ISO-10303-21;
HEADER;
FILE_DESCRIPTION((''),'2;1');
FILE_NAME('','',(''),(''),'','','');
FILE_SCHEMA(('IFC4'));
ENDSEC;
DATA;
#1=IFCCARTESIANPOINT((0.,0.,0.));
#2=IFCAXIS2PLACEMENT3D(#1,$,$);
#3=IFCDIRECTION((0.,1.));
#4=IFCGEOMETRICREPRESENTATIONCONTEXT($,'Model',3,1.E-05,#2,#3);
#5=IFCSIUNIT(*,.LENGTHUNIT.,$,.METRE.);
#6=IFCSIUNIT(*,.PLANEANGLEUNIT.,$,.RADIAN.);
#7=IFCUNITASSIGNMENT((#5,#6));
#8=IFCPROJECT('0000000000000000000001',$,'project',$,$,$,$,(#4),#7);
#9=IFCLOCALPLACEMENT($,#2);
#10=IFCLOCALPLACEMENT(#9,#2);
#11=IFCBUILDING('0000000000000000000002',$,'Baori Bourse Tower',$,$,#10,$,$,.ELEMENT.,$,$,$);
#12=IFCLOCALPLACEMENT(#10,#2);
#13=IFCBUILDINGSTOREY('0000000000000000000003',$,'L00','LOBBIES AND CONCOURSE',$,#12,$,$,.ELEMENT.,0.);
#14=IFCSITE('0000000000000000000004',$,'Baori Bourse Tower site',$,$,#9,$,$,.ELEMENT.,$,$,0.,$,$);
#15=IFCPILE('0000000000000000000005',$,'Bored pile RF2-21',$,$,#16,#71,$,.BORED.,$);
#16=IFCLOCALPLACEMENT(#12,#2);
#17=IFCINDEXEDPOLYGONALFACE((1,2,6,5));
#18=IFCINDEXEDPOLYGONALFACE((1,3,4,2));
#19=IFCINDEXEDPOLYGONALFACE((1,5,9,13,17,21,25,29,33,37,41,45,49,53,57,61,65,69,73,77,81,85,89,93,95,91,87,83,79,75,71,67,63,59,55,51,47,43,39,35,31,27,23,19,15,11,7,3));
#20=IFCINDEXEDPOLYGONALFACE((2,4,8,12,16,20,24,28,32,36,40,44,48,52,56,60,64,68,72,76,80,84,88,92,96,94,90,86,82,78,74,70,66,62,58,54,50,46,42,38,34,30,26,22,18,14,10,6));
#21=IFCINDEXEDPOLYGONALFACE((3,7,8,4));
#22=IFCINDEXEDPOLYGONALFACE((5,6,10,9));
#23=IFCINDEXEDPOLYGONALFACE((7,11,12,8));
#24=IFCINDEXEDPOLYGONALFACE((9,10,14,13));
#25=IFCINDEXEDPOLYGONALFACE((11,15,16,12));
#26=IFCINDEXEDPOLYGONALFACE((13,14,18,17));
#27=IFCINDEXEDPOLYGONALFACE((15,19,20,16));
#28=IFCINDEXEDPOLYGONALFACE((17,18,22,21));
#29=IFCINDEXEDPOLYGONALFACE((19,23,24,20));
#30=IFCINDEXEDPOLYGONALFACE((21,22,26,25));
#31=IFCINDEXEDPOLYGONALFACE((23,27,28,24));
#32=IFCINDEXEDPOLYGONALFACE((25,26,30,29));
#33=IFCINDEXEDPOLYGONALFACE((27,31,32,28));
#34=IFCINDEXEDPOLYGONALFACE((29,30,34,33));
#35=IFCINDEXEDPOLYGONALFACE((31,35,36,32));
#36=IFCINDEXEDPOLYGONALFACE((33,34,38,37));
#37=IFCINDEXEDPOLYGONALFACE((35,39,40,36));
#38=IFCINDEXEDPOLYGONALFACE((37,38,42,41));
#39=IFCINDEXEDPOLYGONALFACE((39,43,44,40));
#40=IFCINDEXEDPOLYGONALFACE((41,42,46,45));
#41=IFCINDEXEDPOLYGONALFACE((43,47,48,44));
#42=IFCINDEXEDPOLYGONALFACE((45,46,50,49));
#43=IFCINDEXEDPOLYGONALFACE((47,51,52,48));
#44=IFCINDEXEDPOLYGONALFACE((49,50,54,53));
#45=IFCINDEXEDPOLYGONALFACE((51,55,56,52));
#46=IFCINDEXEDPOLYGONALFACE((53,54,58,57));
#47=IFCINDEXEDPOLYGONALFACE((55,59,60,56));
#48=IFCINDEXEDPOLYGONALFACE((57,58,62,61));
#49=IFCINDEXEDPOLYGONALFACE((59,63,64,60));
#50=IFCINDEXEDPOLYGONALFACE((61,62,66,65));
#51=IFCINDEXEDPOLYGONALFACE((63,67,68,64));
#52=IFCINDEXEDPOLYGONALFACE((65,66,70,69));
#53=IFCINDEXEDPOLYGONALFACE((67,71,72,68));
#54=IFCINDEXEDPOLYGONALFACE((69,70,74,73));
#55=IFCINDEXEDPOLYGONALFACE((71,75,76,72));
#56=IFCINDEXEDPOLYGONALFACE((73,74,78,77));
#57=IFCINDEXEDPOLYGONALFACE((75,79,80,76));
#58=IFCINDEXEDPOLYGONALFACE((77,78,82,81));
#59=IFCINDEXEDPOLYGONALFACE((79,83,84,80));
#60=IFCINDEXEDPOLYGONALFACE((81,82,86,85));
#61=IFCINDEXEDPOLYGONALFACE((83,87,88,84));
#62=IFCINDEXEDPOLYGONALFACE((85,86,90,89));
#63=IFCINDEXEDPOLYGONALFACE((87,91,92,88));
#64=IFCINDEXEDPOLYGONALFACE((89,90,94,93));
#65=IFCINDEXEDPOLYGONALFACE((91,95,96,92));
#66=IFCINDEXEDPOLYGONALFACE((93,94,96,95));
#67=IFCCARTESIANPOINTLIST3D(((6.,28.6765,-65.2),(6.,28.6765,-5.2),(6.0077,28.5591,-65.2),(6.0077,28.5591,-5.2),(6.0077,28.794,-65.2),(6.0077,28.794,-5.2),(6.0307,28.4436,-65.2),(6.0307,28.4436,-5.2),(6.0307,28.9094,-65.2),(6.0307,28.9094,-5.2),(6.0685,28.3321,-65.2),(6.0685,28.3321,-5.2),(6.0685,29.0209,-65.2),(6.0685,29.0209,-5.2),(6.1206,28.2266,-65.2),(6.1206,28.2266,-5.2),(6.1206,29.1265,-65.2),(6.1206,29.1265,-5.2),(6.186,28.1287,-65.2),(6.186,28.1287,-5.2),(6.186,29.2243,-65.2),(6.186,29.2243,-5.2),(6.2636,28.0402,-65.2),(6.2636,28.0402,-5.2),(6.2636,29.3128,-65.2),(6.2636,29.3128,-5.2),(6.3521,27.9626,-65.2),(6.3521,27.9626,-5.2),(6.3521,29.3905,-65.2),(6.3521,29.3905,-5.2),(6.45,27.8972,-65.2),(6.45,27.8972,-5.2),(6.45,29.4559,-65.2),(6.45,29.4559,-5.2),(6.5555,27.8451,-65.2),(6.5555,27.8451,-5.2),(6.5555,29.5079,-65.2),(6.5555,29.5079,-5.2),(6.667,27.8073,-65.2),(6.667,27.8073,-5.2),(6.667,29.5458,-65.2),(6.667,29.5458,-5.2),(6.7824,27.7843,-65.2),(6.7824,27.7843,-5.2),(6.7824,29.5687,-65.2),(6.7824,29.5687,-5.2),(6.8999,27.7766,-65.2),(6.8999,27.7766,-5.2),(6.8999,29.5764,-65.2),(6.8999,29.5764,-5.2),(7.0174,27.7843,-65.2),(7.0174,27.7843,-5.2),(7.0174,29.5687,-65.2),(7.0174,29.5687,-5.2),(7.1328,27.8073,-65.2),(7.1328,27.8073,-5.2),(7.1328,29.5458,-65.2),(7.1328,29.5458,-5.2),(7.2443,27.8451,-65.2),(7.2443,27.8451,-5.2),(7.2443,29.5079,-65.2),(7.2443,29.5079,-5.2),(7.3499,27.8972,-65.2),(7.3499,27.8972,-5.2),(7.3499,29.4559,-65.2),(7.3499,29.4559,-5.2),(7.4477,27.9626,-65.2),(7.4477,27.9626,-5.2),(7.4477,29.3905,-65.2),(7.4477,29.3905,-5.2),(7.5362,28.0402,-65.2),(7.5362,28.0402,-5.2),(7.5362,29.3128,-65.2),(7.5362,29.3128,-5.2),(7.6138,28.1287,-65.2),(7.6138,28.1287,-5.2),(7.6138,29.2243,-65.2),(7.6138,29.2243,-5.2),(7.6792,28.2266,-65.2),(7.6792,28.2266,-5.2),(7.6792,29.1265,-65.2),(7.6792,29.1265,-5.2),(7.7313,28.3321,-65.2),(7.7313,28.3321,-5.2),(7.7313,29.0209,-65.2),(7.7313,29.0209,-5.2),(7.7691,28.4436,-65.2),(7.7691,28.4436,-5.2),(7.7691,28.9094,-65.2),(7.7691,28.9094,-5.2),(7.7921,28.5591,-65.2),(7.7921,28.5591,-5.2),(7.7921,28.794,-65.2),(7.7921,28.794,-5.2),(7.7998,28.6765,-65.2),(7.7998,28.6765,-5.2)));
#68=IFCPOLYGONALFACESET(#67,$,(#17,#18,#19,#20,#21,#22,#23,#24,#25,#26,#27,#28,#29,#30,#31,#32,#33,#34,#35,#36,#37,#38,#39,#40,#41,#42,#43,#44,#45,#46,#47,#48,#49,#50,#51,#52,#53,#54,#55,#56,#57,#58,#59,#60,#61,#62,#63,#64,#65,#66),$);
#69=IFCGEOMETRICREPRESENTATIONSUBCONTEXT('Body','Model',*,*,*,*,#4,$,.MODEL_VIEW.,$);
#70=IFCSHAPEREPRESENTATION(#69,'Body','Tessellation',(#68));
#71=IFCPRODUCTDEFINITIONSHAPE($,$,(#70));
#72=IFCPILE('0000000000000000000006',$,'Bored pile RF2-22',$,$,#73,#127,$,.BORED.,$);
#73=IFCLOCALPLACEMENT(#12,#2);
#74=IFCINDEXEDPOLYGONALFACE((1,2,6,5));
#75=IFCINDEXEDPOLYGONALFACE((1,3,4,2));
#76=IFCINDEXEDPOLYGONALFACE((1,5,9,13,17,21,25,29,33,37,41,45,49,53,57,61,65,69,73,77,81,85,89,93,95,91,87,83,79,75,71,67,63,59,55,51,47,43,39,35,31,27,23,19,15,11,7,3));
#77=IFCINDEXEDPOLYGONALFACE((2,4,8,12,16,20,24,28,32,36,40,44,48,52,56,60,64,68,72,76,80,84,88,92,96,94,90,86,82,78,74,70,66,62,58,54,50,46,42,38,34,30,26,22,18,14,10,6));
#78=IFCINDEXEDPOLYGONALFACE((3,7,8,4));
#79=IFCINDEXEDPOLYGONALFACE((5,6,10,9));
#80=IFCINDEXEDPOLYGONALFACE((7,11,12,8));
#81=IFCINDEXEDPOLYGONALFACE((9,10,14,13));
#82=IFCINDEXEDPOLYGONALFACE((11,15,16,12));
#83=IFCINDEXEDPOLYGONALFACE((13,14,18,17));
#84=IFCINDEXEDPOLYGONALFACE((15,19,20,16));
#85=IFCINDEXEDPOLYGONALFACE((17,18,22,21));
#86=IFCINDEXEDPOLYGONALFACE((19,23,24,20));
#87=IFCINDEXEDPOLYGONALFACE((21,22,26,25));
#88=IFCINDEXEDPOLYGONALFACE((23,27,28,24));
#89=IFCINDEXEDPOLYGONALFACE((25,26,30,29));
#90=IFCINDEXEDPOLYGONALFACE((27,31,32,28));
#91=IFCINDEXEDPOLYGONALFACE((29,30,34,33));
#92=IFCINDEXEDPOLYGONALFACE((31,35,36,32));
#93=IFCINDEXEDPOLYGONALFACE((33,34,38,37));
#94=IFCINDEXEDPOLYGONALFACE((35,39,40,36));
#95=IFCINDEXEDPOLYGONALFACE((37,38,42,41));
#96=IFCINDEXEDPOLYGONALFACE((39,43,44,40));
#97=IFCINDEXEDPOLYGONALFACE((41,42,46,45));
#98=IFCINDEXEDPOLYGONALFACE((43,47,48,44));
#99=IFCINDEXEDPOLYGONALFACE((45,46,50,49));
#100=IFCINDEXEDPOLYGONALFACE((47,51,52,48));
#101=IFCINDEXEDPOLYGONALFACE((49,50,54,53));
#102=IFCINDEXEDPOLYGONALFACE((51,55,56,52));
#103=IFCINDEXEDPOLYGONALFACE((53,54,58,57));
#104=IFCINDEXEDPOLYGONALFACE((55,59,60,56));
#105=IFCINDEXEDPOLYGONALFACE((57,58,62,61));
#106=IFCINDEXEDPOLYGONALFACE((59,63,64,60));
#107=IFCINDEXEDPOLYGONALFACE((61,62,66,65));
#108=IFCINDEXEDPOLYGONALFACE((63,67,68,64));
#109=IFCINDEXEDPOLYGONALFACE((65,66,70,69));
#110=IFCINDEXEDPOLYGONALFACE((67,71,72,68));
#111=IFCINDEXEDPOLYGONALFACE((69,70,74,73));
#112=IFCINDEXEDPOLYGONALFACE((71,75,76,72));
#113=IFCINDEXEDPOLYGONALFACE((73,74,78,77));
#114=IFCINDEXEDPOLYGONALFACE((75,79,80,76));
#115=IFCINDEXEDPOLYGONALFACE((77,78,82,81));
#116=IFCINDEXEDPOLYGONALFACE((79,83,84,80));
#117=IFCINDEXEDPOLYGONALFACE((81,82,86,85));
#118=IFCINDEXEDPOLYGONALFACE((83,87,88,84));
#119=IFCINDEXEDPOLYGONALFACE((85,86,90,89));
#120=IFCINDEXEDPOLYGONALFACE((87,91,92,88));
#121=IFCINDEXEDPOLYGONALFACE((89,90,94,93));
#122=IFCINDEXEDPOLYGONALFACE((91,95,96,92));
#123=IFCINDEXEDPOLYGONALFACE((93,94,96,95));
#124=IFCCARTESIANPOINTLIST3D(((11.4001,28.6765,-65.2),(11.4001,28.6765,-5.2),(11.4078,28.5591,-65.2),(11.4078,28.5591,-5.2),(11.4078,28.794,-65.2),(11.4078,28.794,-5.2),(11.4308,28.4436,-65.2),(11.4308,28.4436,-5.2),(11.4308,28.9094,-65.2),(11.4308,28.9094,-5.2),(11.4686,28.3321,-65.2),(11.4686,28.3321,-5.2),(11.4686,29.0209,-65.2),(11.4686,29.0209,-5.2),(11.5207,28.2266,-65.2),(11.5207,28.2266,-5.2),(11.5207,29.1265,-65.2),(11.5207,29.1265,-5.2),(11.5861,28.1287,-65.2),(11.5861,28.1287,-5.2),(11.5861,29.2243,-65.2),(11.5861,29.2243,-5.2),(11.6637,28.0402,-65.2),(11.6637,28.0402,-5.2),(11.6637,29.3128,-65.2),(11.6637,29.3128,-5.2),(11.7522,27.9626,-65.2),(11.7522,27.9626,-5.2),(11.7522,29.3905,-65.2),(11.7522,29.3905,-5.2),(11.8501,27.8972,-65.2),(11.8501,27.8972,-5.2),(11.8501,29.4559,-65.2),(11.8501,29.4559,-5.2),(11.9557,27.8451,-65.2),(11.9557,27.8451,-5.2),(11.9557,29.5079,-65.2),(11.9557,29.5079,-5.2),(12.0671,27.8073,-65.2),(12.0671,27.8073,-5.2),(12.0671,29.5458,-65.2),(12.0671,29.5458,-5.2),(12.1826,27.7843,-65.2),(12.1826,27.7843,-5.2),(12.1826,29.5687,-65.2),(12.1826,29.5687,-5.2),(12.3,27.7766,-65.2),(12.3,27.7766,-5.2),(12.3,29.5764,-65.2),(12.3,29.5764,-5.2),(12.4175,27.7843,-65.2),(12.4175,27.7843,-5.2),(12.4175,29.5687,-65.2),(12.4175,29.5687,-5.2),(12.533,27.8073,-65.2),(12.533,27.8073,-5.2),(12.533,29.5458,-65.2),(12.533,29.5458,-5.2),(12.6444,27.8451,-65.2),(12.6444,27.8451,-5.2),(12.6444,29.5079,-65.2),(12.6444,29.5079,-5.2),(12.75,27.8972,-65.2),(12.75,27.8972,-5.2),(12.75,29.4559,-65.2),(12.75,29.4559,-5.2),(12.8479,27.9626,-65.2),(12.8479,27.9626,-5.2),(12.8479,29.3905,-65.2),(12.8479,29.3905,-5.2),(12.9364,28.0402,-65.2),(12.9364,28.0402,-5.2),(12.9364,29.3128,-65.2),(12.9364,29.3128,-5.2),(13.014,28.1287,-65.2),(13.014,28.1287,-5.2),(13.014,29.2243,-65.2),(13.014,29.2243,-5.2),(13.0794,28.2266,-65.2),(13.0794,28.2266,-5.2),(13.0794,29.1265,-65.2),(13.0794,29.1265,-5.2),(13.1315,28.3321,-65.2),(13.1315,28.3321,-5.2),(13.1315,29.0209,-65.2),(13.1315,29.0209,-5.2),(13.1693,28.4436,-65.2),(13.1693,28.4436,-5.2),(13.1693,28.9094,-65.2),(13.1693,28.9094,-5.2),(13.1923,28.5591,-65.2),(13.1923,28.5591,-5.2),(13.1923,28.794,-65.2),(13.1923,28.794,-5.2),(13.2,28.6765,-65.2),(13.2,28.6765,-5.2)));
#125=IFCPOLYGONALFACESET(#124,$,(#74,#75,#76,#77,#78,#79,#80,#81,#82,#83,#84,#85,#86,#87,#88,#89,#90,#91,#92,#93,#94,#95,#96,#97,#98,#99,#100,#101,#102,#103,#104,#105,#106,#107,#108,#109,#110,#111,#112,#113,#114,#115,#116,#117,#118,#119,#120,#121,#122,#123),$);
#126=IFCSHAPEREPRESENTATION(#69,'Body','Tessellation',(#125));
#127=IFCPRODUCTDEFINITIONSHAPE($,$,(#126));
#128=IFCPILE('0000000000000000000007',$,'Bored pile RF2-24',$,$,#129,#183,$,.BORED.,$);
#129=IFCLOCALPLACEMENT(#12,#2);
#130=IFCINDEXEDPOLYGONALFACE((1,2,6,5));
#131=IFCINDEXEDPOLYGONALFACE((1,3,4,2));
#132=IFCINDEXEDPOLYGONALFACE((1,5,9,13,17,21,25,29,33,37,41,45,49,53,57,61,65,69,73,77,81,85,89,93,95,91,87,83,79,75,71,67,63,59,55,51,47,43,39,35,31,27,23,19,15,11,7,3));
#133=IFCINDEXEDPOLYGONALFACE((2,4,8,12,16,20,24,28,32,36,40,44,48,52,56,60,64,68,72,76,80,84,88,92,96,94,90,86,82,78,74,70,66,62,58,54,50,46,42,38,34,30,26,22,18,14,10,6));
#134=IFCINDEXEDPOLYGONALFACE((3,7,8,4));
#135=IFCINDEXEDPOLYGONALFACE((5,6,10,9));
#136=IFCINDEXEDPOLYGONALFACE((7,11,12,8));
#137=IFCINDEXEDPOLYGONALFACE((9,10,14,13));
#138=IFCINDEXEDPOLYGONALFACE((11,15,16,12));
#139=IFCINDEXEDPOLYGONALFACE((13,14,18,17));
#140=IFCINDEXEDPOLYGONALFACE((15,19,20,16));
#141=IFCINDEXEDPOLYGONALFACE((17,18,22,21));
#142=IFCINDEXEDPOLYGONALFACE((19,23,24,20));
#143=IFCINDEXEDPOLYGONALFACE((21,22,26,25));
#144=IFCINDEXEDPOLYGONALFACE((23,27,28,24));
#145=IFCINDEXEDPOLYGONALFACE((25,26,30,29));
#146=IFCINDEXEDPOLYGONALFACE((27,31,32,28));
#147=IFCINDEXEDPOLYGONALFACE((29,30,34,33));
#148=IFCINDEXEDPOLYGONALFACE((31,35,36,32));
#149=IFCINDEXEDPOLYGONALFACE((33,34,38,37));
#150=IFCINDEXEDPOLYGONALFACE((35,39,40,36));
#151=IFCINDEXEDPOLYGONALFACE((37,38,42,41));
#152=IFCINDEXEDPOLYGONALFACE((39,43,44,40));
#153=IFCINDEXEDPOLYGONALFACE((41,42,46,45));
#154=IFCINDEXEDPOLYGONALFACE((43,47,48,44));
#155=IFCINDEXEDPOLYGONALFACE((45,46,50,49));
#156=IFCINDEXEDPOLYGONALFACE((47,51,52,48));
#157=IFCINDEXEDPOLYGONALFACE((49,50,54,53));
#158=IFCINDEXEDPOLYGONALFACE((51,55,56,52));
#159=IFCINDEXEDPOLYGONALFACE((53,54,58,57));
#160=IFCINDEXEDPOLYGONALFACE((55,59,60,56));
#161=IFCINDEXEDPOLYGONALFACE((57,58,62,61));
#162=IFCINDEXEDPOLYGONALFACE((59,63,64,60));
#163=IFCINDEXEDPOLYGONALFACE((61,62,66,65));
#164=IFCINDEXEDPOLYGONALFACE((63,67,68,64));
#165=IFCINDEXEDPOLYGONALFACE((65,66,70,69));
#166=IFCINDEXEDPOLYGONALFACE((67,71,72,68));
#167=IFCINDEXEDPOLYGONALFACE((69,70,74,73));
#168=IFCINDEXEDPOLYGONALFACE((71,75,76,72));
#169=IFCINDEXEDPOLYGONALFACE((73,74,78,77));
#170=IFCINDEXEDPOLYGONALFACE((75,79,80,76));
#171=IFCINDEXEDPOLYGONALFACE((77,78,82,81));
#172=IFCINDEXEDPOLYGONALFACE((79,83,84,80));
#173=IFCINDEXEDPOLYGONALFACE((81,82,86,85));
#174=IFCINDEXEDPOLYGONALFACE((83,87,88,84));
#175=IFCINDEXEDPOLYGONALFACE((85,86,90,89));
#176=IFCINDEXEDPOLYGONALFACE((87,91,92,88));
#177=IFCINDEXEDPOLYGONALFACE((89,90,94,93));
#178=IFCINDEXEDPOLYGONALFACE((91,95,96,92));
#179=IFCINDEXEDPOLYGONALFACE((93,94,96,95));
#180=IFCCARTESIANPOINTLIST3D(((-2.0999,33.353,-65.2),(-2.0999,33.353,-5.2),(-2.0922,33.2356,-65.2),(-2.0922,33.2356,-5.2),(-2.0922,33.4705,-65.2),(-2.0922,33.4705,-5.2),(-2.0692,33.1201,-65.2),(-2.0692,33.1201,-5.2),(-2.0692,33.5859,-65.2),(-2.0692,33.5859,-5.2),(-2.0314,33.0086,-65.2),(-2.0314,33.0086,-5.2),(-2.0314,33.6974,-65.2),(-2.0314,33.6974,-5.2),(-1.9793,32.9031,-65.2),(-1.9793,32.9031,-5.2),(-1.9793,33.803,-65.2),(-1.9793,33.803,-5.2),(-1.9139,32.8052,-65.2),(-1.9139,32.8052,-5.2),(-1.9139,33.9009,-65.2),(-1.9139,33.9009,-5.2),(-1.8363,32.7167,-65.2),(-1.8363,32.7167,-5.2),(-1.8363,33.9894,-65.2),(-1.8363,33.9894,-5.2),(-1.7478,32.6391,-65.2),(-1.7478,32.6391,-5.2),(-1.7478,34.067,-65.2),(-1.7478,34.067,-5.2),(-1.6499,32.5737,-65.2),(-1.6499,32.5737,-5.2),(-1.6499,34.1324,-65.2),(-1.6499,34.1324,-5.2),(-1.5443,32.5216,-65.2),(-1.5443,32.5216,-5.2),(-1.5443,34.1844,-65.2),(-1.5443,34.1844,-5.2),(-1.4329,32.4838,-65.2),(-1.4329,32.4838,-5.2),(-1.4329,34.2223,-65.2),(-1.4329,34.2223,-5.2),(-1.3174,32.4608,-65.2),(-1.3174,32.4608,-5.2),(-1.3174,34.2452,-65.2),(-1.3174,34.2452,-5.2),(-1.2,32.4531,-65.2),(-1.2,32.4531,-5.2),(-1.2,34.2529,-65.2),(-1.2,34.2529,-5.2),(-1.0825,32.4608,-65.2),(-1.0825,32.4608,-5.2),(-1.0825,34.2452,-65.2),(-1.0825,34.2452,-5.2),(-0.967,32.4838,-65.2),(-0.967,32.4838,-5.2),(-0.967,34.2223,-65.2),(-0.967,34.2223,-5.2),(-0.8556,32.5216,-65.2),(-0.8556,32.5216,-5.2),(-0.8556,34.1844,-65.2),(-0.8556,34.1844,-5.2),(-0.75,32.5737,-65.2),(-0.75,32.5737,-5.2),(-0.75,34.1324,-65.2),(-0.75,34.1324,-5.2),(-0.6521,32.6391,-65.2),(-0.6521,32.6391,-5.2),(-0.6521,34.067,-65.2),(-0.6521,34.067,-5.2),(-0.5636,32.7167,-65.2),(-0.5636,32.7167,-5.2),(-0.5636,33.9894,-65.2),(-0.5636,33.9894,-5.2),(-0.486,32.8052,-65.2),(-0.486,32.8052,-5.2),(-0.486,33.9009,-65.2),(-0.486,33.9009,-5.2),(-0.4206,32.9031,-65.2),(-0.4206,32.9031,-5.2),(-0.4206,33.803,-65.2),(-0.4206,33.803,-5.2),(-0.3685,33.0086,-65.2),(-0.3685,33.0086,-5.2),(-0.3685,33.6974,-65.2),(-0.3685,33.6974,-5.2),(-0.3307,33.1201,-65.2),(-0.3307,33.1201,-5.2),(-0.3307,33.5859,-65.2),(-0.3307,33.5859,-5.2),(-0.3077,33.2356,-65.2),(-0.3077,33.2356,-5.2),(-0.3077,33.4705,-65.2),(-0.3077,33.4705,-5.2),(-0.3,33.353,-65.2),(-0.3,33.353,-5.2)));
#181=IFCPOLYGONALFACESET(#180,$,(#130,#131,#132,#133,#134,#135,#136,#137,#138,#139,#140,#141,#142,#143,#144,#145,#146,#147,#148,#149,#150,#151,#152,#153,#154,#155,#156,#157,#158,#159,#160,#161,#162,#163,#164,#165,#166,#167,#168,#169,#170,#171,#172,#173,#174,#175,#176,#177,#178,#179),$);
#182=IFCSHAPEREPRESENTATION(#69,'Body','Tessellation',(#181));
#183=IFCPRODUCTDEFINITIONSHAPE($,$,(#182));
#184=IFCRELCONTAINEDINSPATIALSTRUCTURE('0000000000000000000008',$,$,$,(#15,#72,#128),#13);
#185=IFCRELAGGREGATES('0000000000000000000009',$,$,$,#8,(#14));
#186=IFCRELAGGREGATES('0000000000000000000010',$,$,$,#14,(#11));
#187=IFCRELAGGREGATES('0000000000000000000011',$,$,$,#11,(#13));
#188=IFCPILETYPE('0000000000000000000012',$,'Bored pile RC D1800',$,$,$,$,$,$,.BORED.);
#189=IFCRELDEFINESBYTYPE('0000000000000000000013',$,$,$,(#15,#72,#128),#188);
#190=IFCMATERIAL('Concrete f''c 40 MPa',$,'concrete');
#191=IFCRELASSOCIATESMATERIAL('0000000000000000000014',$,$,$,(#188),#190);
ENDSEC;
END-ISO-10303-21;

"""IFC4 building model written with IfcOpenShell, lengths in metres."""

from ifc_helpers import new_model, si_unit, direction, frame, origin, origin_2d, place, context, subcontext, project, spatial, circle, extrude, material, material_profile, profile_set, type_object, element, save


model = new_model("IFC4")

# Units and contexts
model_context = context("Model", 3, precision=1e-05, world=origin(), true_north=direction((0.0, 1.0)))
body_context = subcontext(model_context, "Body", "Model", "MODEL_VIEW")
ifc_project = project(units=[si_unit("LENGTHUNIT", "METRE"), si_unit("PLANEANGLEUNIT", "RADIAN")], contexts=[model_context])

# Site, building, storey
site_placement = place(None, origin())
site = spatial("IfcSite", under=ifc_project, at=site_placement, Name="Baori Bourse Tower site", CompositionType="ELEMENT", RefElevation=0.0)
building_placement = place(site_placement, origin())
building = spatial("IfcBuilding", under=site, at=building_placement, Name="Baori Bourse Tower", CompositionType="ELEMENT")
storey_placement = place(building_placement, origin())
storey = spatial("IfcBuildingStorey", under=building, at=storey_placement, Name="L00", Description="LOBBIES AND CONCOURSE", CompositionType="ELEMENT", Elevation=0.0)

# Piles
ifc_material_1 = material(Name="Concrete f'c 40 MPa", Category="concrete")
ifc_material_profile_1 = material_profile(ifc_material_1, circle(Radius=0.8999, at=origin_2d()), Name="RC D1800")
ifc_profile_set_1 = profile_set([ifc_material_profile_1], Name="Concrete f'c 40 MPa")
pile_type = type_object("IfcPileType", Name="Bored pile RC D1800", PredefinedType="BORED", material=ifc_profile_set_1)
for number, where, z_axis, x_axis, name in (
    (1, (6.8999, 28.6765, -5.2), (0.0, 0.0, -1.0), (1.0, 0.0, 0.0), "Bored pile RF2-21"),
    (2, (12.3, 28.6765, -5.2), (0.0, 0.0, -1.0), (1.0, 0.0, 0.0), "Bored pile RF2-22"),
    (3, (-1.2, 33.353, -5.2), (0.0, 0.0, -1.0), (1.0, 0.0, 0.0), "Bored pile RF2-24"),
):
    element("IfcPile", number, at=place(storey_placement, frame(where, z_axis=z_axis, x_axis=x_axis)), inside=storey, type_object=pile_type, Name=name, PredefinedType="BORED", context=body_context, shape_type="SweptSolid", body=[
        extrude(circle(Radius=0.8999, at=origin_2d()), origin(), (0.0, 0.0, 1.0), 60.0),
    ])

save(model, "model.ifc")
